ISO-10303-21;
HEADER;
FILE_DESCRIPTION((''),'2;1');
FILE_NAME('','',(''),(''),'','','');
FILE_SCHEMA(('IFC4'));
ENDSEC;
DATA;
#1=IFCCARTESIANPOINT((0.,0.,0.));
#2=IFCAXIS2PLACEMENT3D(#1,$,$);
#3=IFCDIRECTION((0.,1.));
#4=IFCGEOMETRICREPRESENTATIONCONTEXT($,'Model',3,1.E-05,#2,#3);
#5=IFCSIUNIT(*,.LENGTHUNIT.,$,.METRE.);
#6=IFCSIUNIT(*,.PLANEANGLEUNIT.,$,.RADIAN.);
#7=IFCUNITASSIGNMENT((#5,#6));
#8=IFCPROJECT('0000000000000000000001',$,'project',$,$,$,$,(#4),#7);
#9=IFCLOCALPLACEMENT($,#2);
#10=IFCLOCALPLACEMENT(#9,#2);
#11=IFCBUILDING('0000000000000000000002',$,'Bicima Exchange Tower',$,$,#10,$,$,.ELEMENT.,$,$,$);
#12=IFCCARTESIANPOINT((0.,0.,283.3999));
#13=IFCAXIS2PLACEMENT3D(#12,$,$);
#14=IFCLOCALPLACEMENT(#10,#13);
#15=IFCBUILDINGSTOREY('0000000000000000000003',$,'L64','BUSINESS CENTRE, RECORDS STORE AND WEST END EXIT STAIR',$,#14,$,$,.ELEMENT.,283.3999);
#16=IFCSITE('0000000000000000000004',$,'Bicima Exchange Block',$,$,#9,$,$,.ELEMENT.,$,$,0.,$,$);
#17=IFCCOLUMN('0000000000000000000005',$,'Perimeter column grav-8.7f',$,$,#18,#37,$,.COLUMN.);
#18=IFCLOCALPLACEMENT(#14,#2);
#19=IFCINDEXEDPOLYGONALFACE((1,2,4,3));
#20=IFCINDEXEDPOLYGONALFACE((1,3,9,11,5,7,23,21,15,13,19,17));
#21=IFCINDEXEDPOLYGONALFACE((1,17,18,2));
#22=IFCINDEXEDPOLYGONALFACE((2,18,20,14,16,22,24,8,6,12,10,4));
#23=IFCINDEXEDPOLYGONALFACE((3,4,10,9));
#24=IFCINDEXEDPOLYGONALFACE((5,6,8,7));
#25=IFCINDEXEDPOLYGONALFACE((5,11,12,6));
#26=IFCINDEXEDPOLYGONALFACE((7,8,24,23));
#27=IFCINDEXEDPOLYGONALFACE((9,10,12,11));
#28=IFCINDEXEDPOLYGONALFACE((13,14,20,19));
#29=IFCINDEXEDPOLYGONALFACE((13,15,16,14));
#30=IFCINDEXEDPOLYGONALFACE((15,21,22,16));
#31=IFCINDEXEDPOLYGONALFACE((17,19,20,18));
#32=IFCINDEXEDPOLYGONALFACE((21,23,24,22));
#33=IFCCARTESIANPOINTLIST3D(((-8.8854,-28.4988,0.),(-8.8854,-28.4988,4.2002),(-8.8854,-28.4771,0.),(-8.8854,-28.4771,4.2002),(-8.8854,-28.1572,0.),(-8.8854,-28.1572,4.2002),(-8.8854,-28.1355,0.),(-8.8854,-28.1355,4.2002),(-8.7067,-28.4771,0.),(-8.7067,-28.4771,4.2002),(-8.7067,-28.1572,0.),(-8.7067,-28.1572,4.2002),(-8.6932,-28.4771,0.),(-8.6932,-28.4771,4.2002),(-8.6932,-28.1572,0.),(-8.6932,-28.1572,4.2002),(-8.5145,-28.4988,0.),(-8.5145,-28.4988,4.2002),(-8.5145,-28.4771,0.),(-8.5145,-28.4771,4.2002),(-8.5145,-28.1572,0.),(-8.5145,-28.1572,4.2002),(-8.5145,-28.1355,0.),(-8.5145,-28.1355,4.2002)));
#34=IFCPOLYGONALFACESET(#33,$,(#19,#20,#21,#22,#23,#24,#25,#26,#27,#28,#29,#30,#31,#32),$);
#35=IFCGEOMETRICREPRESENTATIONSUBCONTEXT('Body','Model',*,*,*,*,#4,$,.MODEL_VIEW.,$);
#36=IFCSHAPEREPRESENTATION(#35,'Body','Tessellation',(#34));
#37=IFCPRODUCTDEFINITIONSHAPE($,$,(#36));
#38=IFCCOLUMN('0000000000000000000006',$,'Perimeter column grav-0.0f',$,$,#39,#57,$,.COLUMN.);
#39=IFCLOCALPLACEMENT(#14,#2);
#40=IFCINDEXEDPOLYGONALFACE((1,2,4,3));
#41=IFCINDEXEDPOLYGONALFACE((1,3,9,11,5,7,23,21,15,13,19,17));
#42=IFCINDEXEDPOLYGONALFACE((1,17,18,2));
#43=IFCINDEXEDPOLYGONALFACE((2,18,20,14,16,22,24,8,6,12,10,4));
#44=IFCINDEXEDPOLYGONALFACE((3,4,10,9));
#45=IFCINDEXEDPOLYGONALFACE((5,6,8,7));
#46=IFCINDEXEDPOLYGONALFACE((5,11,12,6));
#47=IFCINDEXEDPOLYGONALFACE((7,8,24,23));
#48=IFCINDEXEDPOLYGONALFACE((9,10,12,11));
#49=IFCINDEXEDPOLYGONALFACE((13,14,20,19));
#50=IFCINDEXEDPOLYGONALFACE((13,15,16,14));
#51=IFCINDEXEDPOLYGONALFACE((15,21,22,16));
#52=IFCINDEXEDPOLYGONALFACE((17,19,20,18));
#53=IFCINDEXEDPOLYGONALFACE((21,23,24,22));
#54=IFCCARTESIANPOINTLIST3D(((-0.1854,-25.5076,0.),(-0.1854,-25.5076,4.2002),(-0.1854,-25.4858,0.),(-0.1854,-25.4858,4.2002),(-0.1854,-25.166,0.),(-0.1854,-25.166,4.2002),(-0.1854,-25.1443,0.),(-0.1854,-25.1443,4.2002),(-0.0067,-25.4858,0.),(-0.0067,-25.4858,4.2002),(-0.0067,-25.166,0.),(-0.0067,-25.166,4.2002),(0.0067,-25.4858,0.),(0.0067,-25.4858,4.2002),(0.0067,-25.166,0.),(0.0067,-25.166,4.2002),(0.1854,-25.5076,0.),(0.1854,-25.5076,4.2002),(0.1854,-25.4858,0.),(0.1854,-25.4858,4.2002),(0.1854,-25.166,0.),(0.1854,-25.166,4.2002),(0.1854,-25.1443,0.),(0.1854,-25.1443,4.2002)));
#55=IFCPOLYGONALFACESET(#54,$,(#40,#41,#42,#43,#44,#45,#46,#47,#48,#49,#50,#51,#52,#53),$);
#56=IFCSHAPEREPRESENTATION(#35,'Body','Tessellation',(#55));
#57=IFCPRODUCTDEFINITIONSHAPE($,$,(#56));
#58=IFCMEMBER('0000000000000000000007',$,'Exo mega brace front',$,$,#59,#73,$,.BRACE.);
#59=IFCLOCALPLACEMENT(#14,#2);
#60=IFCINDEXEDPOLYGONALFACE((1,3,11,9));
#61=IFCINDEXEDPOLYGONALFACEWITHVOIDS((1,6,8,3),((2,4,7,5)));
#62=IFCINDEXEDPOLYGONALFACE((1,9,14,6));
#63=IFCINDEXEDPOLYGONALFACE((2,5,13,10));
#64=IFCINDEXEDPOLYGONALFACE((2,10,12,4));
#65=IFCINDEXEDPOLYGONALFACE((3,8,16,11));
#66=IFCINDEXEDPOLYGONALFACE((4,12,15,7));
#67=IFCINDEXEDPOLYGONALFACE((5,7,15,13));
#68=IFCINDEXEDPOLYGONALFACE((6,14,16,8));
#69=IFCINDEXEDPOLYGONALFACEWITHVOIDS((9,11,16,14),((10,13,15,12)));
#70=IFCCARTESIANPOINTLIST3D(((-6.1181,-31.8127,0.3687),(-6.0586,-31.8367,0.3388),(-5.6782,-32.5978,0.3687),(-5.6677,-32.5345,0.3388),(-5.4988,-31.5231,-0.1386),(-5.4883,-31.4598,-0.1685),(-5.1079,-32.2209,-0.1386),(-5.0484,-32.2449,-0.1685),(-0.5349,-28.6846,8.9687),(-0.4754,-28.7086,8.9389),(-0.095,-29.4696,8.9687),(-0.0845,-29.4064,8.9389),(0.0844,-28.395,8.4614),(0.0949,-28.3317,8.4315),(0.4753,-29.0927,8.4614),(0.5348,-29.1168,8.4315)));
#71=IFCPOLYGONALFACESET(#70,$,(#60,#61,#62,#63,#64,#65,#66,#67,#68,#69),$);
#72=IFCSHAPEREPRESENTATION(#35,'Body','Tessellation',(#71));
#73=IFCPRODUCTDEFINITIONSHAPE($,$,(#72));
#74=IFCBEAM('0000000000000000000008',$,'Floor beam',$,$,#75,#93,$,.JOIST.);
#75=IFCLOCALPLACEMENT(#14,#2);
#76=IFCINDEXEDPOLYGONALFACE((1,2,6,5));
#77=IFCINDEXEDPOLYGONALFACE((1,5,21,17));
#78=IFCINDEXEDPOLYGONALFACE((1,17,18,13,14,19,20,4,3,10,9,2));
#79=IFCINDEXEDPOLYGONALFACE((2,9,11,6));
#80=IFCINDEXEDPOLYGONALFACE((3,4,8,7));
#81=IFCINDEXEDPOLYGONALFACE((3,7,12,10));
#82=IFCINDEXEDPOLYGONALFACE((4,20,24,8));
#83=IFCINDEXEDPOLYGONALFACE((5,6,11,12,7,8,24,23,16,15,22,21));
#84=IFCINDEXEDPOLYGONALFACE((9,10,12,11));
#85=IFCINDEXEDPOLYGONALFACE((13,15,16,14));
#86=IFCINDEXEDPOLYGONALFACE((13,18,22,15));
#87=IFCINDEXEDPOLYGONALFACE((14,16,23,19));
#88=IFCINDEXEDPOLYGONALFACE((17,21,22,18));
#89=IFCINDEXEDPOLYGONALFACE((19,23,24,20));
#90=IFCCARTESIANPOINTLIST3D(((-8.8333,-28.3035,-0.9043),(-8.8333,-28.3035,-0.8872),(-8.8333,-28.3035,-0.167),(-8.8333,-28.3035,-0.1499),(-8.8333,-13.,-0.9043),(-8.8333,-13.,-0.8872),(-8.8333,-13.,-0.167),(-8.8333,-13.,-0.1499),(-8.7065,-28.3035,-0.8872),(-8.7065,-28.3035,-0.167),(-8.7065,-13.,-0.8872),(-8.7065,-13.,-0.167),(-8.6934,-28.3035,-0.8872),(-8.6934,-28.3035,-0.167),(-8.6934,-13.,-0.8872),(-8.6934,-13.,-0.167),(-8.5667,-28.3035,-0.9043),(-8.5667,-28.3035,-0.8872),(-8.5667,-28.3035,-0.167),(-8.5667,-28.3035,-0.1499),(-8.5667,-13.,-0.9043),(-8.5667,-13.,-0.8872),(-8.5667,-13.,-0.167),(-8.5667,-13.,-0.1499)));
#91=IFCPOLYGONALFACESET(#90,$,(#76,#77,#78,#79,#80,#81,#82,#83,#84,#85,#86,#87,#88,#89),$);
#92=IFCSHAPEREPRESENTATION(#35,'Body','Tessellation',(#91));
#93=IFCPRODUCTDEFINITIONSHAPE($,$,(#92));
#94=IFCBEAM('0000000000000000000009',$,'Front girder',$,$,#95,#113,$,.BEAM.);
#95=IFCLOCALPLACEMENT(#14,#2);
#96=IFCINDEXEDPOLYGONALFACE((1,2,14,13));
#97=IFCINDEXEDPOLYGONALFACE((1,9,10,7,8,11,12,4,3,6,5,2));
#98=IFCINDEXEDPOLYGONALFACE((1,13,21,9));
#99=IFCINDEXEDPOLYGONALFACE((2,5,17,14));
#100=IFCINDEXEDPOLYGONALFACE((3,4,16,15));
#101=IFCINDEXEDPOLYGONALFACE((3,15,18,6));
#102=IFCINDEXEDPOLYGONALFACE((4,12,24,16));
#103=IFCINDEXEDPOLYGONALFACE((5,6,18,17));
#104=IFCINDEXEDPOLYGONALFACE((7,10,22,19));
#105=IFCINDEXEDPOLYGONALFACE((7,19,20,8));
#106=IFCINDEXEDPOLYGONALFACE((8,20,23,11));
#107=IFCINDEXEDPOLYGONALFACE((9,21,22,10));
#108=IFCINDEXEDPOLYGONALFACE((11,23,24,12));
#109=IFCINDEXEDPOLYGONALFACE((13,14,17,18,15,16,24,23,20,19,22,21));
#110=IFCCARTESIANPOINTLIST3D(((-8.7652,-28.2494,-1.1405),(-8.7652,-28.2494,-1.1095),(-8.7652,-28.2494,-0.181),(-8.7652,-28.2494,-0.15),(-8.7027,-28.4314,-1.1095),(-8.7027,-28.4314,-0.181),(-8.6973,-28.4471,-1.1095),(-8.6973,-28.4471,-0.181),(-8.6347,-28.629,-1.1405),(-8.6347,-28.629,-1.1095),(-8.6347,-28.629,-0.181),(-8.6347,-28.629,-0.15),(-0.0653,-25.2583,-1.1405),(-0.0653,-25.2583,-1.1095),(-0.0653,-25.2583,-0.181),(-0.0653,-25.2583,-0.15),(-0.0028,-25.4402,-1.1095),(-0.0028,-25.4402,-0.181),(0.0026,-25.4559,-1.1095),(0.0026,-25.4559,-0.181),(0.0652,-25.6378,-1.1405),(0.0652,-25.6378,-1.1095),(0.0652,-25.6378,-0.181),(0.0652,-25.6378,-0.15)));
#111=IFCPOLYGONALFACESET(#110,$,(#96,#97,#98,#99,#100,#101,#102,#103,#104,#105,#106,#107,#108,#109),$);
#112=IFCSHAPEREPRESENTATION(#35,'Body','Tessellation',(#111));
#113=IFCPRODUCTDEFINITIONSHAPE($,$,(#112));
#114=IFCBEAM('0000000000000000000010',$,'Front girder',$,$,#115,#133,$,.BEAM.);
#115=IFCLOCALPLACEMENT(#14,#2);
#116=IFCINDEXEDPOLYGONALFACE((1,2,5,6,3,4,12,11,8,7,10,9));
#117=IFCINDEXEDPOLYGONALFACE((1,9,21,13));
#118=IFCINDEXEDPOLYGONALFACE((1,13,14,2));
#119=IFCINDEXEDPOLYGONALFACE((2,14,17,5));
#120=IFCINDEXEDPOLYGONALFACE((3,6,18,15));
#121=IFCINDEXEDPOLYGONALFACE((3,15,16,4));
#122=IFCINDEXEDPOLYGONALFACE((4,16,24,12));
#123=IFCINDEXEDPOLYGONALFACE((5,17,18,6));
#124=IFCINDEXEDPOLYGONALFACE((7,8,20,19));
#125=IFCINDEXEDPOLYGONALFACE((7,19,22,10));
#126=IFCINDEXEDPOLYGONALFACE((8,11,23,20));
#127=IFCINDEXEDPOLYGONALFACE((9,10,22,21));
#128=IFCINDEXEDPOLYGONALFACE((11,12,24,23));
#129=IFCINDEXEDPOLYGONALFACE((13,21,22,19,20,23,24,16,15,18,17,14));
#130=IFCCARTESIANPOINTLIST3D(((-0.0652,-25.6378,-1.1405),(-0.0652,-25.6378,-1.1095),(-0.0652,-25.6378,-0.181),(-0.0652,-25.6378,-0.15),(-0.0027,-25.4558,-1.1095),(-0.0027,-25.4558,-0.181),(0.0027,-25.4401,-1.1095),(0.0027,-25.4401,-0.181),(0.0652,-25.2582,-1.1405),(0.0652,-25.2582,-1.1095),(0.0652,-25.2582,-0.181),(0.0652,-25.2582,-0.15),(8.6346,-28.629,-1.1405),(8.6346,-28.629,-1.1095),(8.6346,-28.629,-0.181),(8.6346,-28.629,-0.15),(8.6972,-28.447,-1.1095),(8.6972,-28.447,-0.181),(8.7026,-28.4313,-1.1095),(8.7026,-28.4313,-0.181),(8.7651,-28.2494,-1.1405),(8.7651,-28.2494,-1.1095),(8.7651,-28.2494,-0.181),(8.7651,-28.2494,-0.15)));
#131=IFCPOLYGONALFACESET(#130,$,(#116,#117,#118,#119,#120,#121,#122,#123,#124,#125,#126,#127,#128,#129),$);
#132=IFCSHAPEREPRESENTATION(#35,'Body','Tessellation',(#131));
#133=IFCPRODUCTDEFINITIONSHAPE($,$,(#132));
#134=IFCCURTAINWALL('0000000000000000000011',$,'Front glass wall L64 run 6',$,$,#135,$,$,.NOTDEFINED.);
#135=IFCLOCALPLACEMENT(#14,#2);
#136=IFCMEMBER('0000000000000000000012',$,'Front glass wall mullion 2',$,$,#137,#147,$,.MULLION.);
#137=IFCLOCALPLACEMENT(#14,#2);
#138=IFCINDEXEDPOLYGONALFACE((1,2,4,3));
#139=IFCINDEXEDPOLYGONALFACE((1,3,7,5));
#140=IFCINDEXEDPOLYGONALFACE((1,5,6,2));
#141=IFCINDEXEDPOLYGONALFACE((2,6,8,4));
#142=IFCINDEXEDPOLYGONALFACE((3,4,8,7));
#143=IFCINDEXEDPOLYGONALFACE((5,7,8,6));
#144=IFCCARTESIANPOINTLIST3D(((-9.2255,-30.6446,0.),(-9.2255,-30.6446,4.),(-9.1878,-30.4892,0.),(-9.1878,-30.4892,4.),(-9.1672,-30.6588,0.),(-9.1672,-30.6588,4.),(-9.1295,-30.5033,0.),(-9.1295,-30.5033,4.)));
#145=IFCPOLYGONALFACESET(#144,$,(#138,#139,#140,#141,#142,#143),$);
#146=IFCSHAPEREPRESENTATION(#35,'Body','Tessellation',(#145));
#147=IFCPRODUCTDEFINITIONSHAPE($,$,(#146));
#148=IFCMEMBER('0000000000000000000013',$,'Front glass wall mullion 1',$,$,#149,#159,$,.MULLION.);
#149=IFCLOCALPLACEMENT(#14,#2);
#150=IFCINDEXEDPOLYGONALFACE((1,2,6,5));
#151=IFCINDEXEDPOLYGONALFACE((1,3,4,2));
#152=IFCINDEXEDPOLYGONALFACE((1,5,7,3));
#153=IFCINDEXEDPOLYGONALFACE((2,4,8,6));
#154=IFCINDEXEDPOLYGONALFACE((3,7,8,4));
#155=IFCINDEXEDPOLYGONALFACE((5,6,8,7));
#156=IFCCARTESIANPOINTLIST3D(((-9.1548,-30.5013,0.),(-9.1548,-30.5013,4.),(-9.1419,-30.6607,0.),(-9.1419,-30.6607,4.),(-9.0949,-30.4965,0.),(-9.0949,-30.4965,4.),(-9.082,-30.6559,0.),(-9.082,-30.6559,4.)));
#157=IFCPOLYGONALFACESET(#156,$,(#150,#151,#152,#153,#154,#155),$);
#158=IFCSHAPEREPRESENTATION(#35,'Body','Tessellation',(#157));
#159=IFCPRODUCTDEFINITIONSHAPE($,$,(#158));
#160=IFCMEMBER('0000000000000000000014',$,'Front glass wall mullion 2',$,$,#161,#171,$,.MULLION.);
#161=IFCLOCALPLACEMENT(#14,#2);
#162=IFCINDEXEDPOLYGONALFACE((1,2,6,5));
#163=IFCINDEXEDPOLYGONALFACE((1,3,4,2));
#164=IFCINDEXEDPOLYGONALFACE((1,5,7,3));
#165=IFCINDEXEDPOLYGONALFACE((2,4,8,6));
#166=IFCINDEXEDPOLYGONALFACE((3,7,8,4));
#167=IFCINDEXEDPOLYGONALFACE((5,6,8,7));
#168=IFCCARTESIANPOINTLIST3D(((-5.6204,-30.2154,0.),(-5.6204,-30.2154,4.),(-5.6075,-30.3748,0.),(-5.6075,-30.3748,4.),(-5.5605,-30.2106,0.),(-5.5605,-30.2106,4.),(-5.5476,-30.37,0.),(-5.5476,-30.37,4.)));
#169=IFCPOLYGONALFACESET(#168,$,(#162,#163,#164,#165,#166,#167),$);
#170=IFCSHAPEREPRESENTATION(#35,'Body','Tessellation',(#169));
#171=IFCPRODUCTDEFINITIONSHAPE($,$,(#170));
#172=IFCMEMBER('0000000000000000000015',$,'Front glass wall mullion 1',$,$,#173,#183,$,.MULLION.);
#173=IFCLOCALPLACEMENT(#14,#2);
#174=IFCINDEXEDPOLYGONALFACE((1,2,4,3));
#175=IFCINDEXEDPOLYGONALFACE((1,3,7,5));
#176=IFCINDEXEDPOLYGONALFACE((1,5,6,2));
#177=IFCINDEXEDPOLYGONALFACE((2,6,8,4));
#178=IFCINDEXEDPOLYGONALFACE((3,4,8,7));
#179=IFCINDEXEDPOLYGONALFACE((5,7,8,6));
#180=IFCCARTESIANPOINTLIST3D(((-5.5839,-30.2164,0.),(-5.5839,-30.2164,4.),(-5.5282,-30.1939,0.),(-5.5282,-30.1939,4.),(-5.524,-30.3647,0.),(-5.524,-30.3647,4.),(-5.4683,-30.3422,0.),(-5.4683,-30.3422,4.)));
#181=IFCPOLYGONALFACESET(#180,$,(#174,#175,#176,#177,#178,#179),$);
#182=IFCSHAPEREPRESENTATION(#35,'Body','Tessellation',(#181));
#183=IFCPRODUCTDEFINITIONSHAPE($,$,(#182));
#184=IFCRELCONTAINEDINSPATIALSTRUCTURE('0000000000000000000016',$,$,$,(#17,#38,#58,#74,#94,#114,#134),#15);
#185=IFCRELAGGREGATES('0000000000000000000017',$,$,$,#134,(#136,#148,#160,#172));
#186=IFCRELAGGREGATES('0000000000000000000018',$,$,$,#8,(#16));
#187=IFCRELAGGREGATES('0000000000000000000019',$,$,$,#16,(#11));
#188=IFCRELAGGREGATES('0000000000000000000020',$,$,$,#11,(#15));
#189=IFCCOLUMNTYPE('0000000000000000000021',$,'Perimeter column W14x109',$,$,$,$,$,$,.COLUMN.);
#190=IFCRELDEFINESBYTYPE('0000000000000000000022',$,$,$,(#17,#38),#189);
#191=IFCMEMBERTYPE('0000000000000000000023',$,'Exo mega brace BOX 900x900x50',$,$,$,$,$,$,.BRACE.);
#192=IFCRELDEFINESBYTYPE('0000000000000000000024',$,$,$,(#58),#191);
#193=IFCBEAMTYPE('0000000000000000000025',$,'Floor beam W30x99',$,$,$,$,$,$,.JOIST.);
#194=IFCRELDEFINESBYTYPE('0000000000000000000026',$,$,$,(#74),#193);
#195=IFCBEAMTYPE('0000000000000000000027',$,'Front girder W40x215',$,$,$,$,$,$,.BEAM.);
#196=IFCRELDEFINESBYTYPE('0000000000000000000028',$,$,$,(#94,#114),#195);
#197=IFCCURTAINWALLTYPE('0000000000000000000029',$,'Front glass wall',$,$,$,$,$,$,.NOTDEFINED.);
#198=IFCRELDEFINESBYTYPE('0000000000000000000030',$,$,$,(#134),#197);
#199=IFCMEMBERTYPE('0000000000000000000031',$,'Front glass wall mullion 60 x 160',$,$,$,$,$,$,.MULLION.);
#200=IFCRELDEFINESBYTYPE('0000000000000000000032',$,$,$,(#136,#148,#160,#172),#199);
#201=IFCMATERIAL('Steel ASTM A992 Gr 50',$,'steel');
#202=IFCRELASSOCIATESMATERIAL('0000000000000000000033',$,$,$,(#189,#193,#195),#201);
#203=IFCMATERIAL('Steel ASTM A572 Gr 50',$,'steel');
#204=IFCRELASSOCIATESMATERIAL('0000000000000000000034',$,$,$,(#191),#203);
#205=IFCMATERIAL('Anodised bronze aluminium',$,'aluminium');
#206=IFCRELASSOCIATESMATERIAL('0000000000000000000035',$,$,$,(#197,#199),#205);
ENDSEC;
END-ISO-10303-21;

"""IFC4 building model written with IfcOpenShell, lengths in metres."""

from ifc_helpers import new_model, si_unit, direction, frame, origin, origin_2d, place, context, subcontext, project, spatial, rectangle, hollow_rectangle, i_section, extrude, material, material_profile, profile_set, type_object, element, aggregate, save


model = new_model("IFC4")

# Units and contexts
model_context = context("Model", 3, precision=1e-05, world=origin(), true_north=direction((0.0, 1.0)))
body_context = subcontext(model_context, "Body", "Model", "MODEL_VIEW")
ifc_project = project(units=[si_unit("LENGTHUNIT", "METRE"), si_unit("PLANEANGLEUNIT", "RADIAN")], contexts=[model_context])

# Site, building, storey
site_placement = place(None, origin())
site = spatial("IfcSite", under=ifc_project, at=site_placement, Name="Bicima Exchange Block", CompositionType="ELEMENT", RefElevation=0.0)
building_placement = place(site_placement, origin())
building = spatial("IfcBuilding", under=site, at=building_placement, Name="Bicima Exchange Tower", CompositionType="ELEMENT")
storey_placement = place(building_placement, frame((0.0, 0.0, 283.3999)))
storey = spatial("IfcBuildingStorey", under=building, at=storey_placement, Name="L64", Description="BUSINESS CENTRE, RECORDS STORE AND WEST END EXIT STAIR", CompositionType="ELEMENT", Elevation=283.3999)

# Columns
ifc_material_1 = material(Name="Steel ASTM A992 Gr 50", Category="steel")
ifc_material_profile_1 = material_profile(ifc_material_1, i_section(OverallWidth=0.3708, OverallDepth=0.3633, WebThickness=0.0134, FlangeThickness=0.0217, at=origin_2d()))
ifc_profile_set_1 = profile_set([ifc_material_profile_1], Name="Steel ASTM A992 Gr 50")
column_type = type_object("IfcColumnType", Name="Perimeter column W14x109", PredefinedType="COLUMN", material=ifc_profile_set_1)
for number, where, z_axis, x_axis, name in (
    (1, (-8.7, -28.3171, 0.0), (0.0, 0.0, 1.0), (1.0, 0.0, 0.0), "Perimeter column grav-8.7f"),
    (2, (0.0, -25.3259, 0.0), (0.0, 0.0, 1.0), (1.0, 0.0, 0.0), "Perimeter column grav-0.0f"),
):
    element("IfcColumn", number, at=place(storey_placement, frame(where, z_axis=z_axis, x_axis=x_axis)), inside=storey, type_object=column_type, Name=name, PredefinedType="COLUMN", context=body_context, shape_type="SweptSolid", body=[
        extrude(i_section(OverallWidth=0.3708, OverallDepth=0.3633, WebThickness=0.0134, FlangeThickness=0.0217, at=origin_2d()), origin(), (0.0, 0.0, 1.0), 4.2002),
    ])

# Member
ifc_material_2 = material(Name="Steel ASTM A572 Gr 50", Category="steel")
ifc_material_profile_2 = material_profile(ifc_material_2, hollow_rectangle(XDim=0.8999, YDim=0.8999, WallThickness=0.05, at=origin_2d()))
ifc_profile_set_2 = profile_set([ifc_material_profile_2], Name="Steel ASTM A572 Gr 50")
member_type_1 = type_object("IfcMemberType", Name="Exo mega brace BOX 900x900x50", PredefinedType="BRACE", material=ifc_profile_set_2)
member_1_placement = place(storey_placement, frame((-5.5833, -32.0288, 0.1001), z_axis=(0.520822, 0.291805, 0.802243), x_axis=(-0.488788, 0.872403, 0.0)))
element("IfcMember", 3, at=member_1_placement, inside=storey, type_object=member_type_1, Name="Exo mega brace front", PredefinedType="BRACE", context=body_context, shape_type="SweptSolid", body=[
    extrude(hollow_rectangle(XDim=0.8999, YDim=0.8999, WallThickness=0.05, at=origin_2d()), origin(), (0.0, 0.0, 1.0), 10.72),
])

# Beams
ifc_material_profile_3 = material_profile(ifc_material_1, i_section(OverallWidth=0.2666, OverallDepth=0.7544, WebThickness=0.0132, FlangeThickness=0.0171, at=origin_2d()))
ifc_profile_set_3 = profile_set([ifc_material_profile_3], Name="Steel ASTM A992 Gr 50")
beam_type_1 = type_object("IfcBeamType", Name="Floor beam W30x99", PredefinedType="JOIST", material=ifc_profile_set_3)
beam_placement = place(storey_placement, frame((-8.7, -13.0, -0.5271), z_axis=(0.0, -1.0, 0.0), x_axis=(1.0, 0.0, 0.0)))
element("IfcBeam", 4, at=beam_placement, inside=storey, type_object=beam_type_1, Name="Floor beam", PredefinedType="JOIST", context=body_context, shape_type="SweptSolid", body=[
    extrude(i_section(OverallWidth=0.2666, OverallDepth=0.7544, WebThickness=0.0132, FlangeThickness=0.0171, at=origin_2d()), origin(), (0.0, 0.0, 1.0), 15.3035),
])
ifc_material_profile_4 = material_profile(ifc_material_1, i_section(OverallWidth=0.4014, OverallDepth=0.9905, WebThickness=0.0166, FlangeThickness=0.031, at=origin_2d()))
ifc_profile_set_4 = profile_set([ifc_material_profile_4], Name="Steel ASTM A992 Gr 50")
beam_type_2 = type_object("IfcBeamType", Name="Front girder W40x215", PredefinedType="BEAM", material=ifc_profile_set_4)
for number, where, z_axis, x_axis, name in (
    (5, (-8.7, -28.4392, -0.6453), (0.945666, 0.325138, 0.0), (-0.325138, 0.945666, 0.0), "Front girder"),
    (6, (0.0, -25.448, -0.6453), (0.945666, -0.325138, 0.0), (0.325138, 0.945666, 0.0), "Front girder"),
):
    element("IfcBeam", number, at=place(storey_placement, frame(where, z_axis=z_axis, x_axis=x_axis)), inside=storey, type_object=beam_type_2, Name=name, PredefinedType="BEAM", context=body_context, shape_type="SweptSolid", body=[
        extrude(i_section(OverallWidth=0.4014, OverallDepth=0.9905, WebThickness=0.0166, FlangeThickness=0.031, at=origin_2d()), origin(), (0.0, 0.0, 1.0), 9.1997),
    ])

# Curtain wall, members
ifc_material_3 = material(Name="Anodised bronze aluminium", Category="aluminium")
curtain_wall_type = type_object("IfcCurtainWallType", Name="Front glass wall", PredefinedType="NOTDEFINED", material=ifc_material_3)
curtain_wall_placement = place(storey_placement, origin())
curtain_wall = element("IfcCurtainWall", 7, at=curtain_wall_placement, inside=storey, type_object=curtain_wall_type, Name="Front glass wall L64 run 6", PredefinedType="NOTDEFINED")
ifc_material_profile_5 = material_profile(ifc_material_3, rectangle(XDim=0.1599, YDim=0.0601, at=origin_2d()))
ifc_profile_set_5 = profile_set([ifc_material_profile_5], Name="Anodised bronze aluminium")
member_type_2 = type_object("IfcMemberType", Name="Front glass wall mullion 60 x 160", PredefinedType="MULLION", material=ifc_profile_set_5)
member_2_placement = place(storey_placement, frame((-9.1775, -30.574, 0.0), z_axis=(0.0, 0.0, 1.0), x_axis=(0.235682, 0.97183, 0.0)))
member_2 = element("IfcMember", 8, at=member_2_placement, type_object=member_type_2, Name="Front glass wall mullion 2", PredefinedType="MULLION", context=body_context, shape_type="SweptSolid", body=[
    extrude(rectangle(XDim=0.1599, YDim=0.0601, at=origin_2d()), origin(), (0.0, 0.0, 1.0), 4.0),
])
member_3_placement = place(storey_placement, frame((-9.1184, -30.5786, 0.0), z_axis=(0.0, 0.0, 1.0), x_axis=(-0.080589, 0.996747, 0.0)))
member_3 = element("IfcMember", 9, at=member_3_placement, type_object=member_type_2, Name="Front glass wall mullion 1", PredefinedType="MULLION", context=body_context, shape_type="SweptSolid", body=[
    extrude(rectangle(XDim=0.1599, YDim=0.0601, at=origin_2d()), origin(), (0.0, 0.0, 1.0), 4.0),
])
member_4_placement = place(storey_placement, frame((-5.584, -30.2927, 0.0), z_axis=(0.0, 0.0, 1.0), x_axis=(-0.080589, 0.996747, 0.0)))
member_4 = element("IfcMember", 10, at=member_4_placement, type_object=member_type_2, Name="Front glass wall mullion 2", PredefinedType="MULLION", context=body_context, shape_type="SweptSolid", body=[
    extrude(rectangle(XDim=0.1599, YDim=0.0601, at=origin_2d()), origin(), (0.0, 0.0, 1.0), 4.0),
])
member_5_placement = place(storey_placement, frame((-5.5261, -30.2793, 0.0), z_axis=(0.0, 0.0, 1.0), x_axis=(-0.374705, 0.927144, 0.0)))
member_5 = element("IfcMember", 11, at=member_5_placement, type_object=member_type_2, Name="Front glass wall mullion 1", PredefinedType="MULLION", context=body_context, shape_type="SweptSolid", body=[
    extrude(rectangle(XDim=0.1599, YDim=0.0601, at=origin_2d()), origin(), (0.0, 0.0, 1.0), 4.0),
])
aggregate(curtain_wall, [member_2, member_3, member_4, member_5])

save(model, "model.ifc")
